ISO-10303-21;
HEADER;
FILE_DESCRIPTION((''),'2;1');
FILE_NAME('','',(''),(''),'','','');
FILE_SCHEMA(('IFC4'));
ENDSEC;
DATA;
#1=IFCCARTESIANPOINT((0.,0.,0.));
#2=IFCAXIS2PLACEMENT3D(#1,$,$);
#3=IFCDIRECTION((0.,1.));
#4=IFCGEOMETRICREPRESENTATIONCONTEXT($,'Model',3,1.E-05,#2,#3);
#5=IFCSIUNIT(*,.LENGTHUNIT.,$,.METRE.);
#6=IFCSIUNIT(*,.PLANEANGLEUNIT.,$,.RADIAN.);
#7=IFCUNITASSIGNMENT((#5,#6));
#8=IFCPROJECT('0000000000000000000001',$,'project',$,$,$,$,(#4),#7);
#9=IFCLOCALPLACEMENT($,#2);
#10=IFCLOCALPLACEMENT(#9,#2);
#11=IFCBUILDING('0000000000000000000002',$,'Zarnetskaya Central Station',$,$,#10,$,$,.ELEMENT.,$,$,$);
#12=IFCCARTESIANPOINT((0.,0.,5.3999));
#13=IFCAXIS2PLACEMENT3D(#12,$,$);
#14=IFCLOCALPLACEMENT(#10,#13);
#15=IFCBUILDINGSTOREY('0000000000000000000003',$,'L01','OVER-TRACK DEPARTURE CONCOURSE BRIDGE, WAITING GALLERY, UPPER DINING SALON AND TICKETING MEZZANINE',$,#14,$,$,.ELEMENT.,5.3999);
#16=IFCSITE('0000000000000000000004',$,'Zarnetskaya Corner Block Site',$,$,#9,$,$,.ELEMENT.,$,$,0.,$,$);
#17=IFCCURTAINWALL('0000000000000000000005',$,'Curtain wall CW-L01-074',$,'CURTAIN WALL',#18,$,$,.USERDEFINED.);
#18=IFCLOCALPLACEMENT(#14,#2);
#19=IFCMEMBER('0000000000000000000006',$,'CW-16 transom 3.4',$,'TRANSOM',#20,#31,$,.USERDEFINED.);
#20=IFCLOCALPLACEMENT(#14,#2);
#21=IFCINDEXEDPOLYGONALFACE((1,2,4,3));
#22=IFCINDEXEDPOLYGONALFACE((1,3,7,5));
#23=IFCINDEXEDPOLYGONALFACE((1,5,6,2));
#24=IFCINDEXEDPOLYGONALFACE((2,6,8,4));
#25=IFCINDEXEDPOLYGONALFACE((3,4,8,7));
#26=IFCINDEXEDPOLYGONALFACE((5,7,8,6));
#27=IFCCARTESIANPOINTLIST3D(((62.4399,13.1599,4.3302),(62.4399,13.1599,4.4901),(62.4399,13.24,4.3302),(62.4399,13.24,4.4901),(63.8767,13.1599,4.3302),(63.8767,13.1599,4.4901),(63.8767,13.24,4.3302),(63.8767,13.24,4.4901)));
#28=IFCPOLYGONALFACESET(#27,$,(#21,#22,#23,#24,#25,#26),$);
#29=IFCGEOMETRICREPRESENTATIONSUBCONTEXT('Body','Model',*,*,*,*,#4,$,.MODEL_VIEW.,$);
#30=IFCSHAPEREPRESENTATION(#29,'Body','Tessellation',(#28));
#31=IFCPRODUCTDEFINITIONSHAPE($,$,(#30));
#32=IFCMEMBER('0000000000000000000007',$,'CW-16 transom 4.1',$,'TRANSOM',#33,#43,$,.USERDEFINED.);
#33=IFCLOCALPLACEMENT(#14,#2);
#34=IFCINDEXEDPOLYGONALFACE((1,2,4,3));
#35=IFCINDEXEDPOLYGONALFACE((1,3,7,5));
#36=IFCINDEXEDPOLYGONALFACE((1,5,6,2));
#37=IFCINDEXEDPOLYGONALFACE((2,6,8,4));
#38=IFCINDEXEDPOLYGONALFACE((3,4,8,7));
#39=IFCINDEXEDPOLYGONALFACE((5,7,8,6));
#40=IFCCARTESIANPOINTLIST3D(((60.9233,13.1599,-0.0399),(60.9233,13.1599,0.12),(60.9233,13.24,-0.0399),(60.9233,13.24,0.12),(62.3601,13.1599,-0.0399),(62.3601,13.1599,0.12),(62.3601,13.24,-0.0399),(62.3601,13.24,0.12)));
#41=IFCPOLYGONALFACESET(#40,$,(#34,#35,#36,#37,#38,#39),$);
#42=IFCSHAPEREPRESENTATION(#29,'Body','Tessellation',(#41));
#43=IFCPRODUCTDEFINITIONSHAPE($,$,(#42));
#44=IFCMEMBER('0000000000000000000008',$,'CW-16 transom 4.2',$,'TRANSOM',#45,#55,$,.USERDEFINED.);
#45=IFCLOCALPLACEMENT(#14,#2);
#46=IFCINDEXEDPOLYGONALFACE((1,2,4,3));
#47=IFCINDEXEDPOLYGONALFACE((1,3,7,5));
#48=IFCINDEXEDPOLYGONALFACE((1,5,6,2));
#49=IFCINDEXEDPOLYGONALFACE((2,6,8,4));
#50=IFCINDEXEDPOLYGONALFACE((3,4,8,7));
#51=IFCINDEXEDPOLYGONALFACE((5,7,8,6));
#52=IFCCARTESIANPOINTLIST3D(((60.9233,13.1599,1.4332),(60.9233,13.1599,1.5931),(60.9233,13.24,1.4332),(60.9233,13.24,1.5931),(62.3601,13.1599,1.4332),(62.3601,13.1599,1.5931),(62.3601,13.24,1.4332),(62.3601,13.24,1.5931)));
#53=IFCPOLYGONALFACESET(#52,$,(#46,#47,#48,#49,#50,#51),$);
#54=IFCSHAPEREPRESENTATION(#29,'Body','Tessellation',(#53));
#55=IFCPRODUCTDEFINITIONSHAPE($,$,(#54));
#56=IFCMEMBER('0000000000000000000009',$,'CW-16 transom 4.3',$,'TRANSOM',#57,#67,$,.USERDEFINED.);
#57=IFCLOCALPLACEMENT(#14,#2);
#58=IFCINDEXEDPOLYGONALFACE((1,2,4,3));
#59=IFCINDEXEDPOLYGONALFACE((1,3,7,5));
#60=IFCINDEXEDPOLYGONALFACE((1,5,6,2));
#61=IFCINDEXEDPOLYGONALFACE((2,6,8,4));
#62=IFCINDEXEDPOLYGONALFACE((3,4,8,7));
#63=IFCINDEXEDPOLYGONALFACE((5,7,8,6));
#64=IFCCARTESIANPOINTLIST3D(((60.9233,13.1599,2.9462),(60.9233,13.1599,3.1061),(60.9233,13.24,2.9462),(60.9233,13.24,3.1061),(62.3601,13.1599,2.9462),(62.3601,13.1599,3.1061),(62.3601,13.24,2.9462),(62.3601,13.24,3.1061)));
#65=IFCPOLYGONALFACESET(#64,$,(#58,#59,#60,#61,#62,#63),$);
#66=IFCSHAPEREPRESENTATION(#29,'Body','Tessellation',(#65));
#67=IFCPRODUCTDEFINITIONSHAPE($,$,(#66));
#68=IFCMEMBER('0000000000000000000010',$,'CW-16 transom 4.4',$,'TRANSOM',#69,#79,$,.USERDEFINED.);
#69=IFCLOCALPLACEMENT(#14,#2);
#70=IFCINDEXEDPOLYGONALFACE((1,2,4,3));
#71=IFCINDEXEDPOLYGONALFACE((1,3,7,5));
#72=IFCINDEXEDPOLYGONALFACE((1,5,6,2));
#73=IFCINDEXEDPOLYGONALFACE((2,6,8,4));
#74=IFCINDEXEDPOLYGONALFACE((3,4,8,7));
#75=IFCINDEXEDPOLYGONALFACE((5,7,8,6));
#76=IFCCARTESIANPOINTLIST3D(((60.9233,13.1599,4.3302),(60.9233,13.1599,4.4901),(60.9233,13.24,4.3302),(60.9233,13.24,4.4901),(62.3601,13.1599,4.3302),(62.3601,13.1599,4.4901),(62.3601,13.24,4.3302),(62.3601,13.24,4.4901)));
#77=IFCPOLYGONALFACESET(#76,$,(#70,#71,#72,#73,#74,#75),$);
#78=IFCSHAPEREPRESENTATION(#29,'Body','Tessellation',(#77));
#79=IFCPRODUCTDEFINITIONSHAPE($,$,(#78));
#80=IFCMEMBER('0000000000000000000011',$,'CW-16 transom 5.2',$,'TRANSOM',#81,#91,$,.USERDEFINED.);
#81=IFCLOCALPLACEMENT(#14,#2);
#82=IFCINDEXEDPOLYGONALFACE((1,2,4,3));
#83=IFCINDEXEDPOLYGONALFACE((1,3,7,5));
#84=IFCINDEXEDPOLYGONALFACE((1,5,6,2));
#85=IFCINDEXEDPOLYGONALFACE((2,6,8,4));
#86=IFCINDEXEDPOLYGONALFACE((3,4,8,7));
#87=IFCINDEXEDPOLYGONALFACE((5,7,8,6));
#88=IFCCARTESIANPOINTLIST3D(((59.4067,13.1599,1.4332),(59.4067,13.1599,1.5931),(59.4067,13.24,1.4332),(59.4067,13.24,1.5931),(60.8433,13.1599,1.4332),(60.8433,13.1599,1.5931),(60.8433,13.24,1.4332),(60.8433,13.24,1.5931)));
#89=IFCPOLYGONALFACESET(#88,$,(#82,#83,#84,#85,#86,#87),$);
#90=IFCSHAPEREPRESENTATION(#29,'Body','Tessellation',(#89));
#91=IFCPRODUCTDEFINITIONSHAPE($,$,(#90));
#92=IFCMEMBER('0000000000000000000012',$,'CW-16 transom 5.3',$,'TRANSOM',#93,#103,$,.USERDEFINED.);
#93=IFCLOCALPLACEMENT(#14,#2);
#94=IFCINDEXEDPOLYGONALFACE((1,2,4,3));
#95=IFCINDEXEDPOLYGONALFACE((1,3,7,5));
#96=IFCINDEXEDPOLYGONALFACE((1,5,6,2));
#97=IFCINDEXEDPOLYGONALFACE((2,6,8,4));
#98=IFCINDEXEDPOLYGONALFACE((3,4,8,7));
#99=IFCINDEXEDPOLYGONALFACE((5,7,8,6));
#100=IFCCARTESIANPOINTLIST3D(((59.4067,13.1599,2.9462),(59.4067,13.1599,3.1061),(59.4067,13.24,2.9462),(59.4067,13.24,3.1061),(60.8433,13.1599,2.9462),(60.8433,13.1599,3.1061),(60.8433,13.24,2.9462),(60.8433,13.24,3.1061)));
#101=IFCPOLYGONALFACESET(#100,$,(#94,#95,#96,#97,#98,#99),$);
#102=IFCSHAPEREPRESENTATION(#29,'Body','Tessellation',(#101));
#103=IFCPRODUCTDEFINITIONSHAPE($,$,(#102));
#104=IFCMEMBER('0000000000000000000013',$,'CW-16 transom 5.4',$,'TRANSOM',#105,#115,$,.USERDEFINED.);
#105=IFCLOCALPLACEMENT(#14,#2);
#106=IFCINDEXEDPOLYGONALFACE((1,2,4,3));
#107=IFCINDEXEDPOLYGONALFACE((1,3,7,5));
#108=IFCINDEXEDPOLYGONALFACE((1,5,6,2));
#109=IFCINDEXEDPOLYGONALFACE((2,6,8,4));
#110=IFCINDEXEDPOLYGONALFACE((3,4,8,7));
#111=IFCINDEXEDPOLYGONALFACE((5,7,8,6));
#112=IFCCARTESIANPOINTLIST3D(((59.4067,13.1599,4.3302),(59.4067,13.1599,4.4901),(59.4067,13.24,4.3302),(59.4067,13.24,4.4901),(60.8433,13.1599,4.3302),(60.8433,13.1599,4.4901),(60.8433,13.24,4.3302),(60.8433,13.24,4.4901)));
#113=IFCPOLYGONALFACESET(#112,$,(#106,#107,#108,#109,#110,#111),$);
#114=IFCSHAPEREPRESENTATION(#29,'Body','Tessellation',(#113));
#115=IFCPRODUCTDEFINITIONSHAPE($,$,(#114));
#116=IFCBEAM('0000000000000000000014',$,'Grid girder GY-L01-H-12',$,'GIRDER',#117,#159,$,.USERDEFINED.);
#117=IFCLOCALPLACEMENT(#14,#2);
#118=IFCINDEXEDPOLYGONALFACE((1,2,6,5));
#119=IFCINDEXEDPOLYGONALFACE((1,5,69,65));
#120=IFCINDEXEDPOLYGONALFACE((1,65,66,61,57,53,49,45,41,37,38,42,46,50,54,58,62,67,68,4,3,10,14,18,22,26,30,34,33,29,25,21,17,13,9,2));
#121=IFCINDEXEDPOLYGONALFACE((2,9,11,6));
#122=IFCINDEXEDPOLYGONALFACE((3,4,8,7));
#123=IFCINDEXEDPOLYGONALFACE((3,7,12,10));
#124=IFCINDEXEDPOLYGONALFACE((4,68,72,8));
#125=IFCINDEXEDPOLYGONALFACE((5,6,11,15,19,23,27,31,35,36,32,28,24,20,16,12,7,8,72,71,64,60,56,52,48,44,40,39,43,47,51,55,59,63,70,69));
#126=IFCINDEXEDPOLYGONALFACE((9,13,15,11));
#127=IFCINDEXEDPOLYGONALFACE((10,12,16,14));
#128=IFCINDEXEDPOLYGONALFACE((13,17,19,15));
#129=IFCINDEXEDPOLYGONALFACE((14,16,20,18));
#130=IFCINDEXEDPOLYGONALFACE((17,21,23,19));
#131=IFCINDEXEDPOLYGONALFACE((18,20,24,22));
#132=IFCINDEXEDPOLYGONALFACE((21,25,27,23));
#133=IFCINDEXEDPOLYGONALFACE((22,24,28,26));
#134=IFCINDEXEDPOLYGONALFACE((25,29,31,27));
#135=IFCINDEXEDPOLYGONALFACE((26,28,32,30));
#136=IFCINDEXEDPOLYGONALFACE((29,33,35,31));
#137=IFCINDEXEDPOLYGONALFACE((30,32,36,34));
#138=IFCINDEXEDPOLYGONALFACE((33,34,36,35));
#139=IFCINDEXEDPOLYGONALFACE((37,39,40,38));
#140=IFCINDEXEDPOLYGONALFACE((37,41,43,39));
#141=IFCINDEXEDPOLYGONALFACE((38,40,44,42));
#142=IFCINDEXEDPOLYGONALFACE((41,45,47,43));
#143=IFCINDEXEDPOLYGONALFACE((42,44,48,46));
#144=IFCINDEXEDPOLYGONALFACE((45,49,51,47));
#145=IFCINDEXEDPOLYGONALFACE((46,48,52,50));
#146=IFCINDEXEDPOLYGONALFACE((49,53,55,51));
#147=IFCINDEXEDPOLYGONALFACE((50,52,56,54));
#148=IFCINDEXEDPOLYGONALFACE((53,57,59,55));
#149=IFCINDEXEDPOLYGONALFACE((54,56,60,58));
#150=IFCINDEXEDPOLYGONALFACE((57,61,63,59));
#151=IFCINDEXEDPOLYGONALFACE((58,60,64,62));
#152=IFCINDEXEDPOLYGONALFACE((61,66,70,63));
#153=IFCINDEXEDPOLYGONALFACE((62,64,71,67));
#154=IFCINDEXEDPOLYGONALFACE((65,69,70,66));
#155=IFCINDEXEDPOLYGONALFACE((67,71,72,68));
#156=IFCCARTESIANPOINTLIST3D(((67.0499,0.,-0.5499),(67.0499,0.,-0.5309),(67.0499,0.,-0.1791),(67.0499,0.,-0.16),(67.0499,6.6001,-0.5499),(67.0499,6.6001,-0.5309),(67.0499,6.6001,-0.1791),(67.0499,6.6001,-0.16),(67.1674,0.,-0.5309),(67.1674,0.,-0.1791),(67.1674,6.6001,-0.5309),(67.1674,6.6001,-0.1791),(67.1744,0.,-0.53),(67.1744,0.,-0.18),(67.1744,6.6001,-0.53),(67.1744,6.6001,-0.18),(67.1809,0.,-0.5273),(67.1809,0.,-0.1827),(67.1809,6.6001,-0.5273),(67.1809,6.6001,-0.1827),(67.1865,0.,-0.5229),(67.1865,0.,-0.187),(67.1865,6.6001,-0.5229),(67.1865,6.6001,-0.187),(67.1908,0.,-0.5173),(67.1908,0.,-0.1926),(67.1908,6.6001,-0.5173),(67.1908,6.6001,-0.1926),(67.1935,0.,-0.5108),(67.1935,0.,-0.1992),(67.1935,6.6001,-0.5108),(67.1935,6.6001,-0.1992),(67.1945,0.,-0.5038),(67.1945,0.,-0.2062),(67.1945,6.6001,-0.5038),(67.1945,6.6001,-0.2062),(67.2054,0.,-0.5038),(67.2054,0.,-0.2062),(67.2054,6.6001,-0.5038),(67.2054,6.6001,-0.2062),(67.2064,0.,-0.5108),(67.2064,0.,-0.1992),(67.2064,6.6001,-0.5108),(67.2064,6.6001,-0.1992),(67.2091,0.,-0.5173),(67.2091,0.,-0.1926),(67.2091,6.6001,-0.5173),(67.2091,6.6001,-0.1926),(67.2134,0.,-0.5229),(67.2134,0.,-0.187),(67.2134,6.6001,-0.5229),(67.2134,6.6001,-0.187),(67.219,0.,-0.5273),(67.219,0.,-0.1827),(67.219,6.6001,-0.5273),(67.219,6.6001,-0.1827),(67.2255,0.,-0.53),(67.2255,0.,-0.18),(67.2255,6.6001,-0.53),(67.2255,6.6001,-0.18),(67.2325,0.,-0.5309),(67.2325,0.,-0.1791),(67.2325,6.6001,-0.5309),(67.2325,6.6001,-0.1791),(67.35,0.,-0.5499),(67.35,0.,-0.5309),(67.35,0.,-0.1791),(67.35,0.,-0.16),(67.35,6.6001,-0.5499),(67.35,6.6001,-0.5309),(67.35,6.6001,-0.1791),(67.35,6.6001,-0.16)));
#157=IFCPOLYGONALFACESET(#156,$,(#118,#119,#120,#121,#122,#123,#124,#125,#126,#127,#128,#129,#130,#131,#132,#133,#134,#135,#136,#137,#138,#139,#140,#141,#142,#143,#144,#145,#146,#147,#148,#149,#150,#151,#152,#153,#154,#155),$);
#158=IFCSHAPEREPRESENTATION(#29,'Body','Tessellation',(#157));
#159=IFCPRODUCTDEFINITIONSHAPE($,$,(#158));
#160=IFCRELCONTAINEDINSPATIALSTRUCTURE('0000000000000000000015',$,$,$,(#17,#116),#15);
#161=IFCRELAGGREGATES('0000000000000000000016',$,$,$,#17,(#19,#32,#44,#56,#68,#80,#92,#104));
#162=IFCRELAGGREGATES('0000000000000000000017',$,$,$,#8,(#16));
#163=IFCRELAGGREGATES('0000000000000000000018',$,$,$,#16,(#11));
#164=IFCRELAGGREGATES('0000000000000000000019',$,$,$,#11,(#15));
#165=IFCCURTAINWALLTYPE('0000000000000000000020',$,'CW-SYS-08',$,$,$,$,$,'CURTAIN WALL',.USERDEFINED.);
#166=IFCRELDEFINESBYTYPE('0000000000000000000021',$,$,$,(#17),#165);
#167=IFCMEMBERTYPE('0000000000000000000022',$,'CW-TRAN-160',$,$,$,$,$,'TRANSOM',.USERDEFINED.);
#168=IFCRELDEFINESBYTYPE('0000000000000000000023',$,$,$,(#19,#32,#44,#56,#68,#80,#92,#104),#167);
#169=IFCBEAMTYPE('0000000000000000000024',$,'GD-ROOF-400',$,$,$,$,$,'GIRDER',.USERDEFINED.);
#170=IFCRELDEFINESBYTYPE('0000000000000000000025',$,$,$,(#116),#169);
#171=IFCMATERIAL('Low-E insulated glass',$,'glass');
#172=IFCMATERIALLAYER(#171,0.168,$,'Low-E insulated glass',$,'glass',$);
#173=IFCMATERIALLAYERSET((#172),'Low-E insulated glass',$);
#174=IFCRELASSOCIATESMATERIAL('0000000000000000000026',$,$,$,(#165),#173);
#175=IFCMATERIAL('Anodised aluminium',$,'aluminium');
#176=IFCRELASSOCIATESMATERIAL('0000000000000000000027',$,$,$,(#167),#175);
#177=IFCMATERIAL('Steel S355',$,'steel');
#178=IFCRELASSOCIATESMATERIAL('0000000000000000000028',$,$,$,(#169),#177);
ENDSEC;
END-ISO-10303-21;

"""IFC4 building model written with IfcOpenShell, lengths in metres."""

from ifc_helpers import new_model, si_unit, direction, frame, origin, origin_2d, place, context, subcontext, project, spatial, rectangle, i_section, extrude, material, layer, layer_set, material_profile, profile_set, type_object, element, aggregate, save


model = new_model("IFC4")

# Units and contexts
model_context = context("Model", 3, precision=1e-05, world=origin(), true_north=direction((0.0, 1.0)))
body_context = subcontext(model_context, "Body", "Model", "MODEL_VIEW")
ifc_project = project(units=[si_unit("LENGTHUNIT", "METRE"), si_unit("PLANEANGLEUNIT", "RADIAN")], contexts=[model_context])

# Site, building, storey
site_placement = place(None, origin())
site = spatial("IfcSite", under=ifc_project, at=site_placement, Name="Zarnetskaya Corner Block Site", CompositionType="ELEMENT", RefElevation=0.0)
building_placement = place(site_placement, origin())
building = spatial("IfcBuilding", under=site, at=building_placement, Name="Zarnetskaya Central Station", CompositionType="ELEMENT")
storey_placement = place(building_placement, frame((0.0, 0.0, 5.3999)))
storey = spatial("IfcBuildingStorey", under=building, at=storey_placement, Name="L01", Description="OVER-TRACK DEPARTURE CONCOURSE BRIDGE, WAITING GALLERY, UPPER DINING SALON AND TICKETING MEZZANINE", CompositionType="ELEMENT", Elevation=5.3999)

# Shared definitions
ifc_material_1 = material(Name="Steel S355", Category="steel")

# Curtain wall, members
ifc_material_2 = material(Name="Low-E insulated glass", Category="glass")
ifc_layer_1 = layer(ifc_material_2, 0.168, Name="Low-E insulated glass", Category="glass")
ifc_layer_set_1 = layer_set([ifc_layer_1], Name="Low-E insulated glass")
curtain_wall_type = type_object("IfcCurtainWallType", Name="CW-SYS-08", ElementType="CURTAIN WALL", PredefinedType="USERDEFINED", material=ifc_layer_set_1)
curtain_wall_placement = place(storey_placement, origin())
curtain_wall = element("IfcCurtainWall", 1, at=curtain_wall_placement, inside=storey, type_object=curtain_wall_type, Name="Curtain wall CW-L01-074", ObjectType="CURTAIN WALL", PredefinedType="USERDEFINED")
ifc_material_3 = material(Name="Anodised aluminium", Category="aluminium")
ifc_material_profile_1 = material_profile(ifc_material_3, rectangle(XDim=0.0801, YDim=0.1599, at=origin_2d()), Name="ALU TRAN 80x160")
ifc_profile_set_1 = profile_set([ifc_material_profile_1], Name="Anodised aluminium")
member_type_1 = type_object("IfcMemberType", Name="CW-TRAN-160", ElementType="TRANSOM", PredefinedType="USERDEFINED", material=ifc_profile_set_1)
member_1_placement = place(storey_placement, frame((63.8767, 13.2, 4.4102), z_axis=(-1.0, 0.0, 0.0), x_axis=(0.0, -1.0, 0.0)))
member_1 = element("IfcMember", 2, at=member_1_placement, type_object=member_type_1, Name="CW-16 transom 3.4", ObjectType="TRANSOM", PredefinedType="USERDEFINED", context=body_context, shape_type="SweptSolid", body=[
    extrude(rectangle(XDim=0.0801, YDim=0.1599, at=origin_2d()), origin(), (0.0, 0.0, 1.0), 1.4368),
])
member_2_placement = place(storey_placement, frame((62.3601, 13.2, 0.04), z_axis=(-1.0, 0.0, 0.0), x_axis=(0.0, -1.0, 0.0)))
member_2 = element("IfcMember", 3, at=member_2_placement, type_object=member_type_1, Name="CW-16 transom 4.1", ObjectType="TRANSOM", PredefinedType="USERDEFINED", context=body_context, shape_type="SweptSolid", body=[
    extrude(rectangle(XDim=0.0801, YDim=0.1599, at=origin_2d()), origin(), (0.0, 0.0, 1.0), 1.4368),
])
member_3_placement = place(storey_placement, frame((62.3601, 13.2, 1.5132), z_axis=(-1.0, 0.0, 0.0), x_axis=(0.0, -1.0, 0.0)))
member_3 = element("IfcMember", 4, at=member_3_placement, type_object=member_type_1, Name="CW-16 transom 4.2", ObjectType="TRANSOM", PredefinedType="USERDEFINED", context=body_context, shape_type="SweptSolid", body=[
    extrude(rectangle(XDim=0.0801, YDim=0.1599, at=origin_2d()), origin(), (0.0, 0.0, 1.0), 1.4368),
])
member_4_placement = place(storey_placement, frame((62.3601, 13.2, 3.0261), z_axis=(-1.0, 0.0, 0.0), x_axis=(0.0, -1.0, 0.0)))
member_4 = element("IfcMember", 5, at=member_4_placement, type_object=member_type_1, Name="CW-16 transom 4.3", ObjectType="TRANSOM", PredefinedType="USERDEFINED", context=body_context, shape_type="SweptSolid", body=[
    extrude(rectangle(XDim=0.0801, YDim=0.1599, at=origin_2d()), origin(), (0.0, 0.0, 1.0), 1.4368),
])
member_5_placement = place(storey_placement, frame((62.3601, 13.2, 4.4102), z_axis=(-1.0, 0.0, 0.0), x_axis=(0.0, -1.0, 0.0)))
member_5 = element("IfcMember", 6, at=member_5_placement, type_object=member_type_1, Name="CW-16 transom 4.4", ObjectType="TRANSOM", PredefinedType="USERDEFINED", context=body_context, shape_type="SweptSolid", body=[
    extrude(rectangle(XDim=0.0801, YDim=0.1599, at=origin_2d()), origin(), (0.0, 0.0, 1.0), 1.4368),
])
member_6_placement = place(storey_placement, frame((60.8433, 13.2, 1.5132), z_axis=(-1.0, 0.0, 0.0), x_axis=(0.0, -1.0, 0.0)))
member_6 = element("IfcMember", 7, at=member_6_placement, type_object=member_type_1, Name="CW-16 transom 5.2", ObjectType="TRANSOM", PredefinedType="USERDEFINED", context=body_context, shape_type="SweptSolid", body=[
    extrude(rectangle(XDim=0.0801, YDim=0.1599, at=origin_2d()), origin(), (0.0, 0.0, 1.0), 1.4365),
])
member_7_placement = place(storey_placement, frame((60.8433, 13.2, 3.0261), z_axis=(-1.0, 0.0, 0.0), x_axis=(0.0, -1.0, 0.0)))
member_7 = element("IfcMember", 8, at=member_7_placement, type_object=member_type_1, Name="CW-16 transom 5.3", ObjectType="TRANSOM", PredefinedType="USERDEFINED", context=body_context, shape_type="SweptSolid", body=[
    extrude(rectangle(XDim=0.0801, YDim=0.1599, at=origin_2d()), origin(), (0.0, 0.0, 1.0), 1.4365),
])
member_8_placement = place(storey_placement, frame((60.8433, 13.2, 4.4102), z_axis=(-1.0, 0.0, 0.0), x_axis=(0.0, -1.0, 0.0)))
member_8 = element("IfcMember", 9, at=member_8_placement, type_object=member_type_1, Name="CW-16 transom 5.4", ObjectType="TRANSOM", PredefinedType="USERDEFINED", context=body_context, shape_type="SweptSolid", body=[
    extrude(rectangle(XDim=0.0801, YDim=0.1599, at=origin_2d()), origin(), (0.0, 0.0, 1.0), 1.4365),
])

# Beam
ifc_material_profile_2 = material_profile(ifc_material_1, i_section(OverallWidth=0.3, OverallDepth=0.3899, WebThickness=0.011, FlangeThickness=0.019, FilletRadius=0.0271, at=origin_2d()), Name="HEA 400")
ifc_profile_set_2 = profile_set([ifc_material_profile_2], Name="Steel S355")
beam_type_1 = type_object("IfcBeamType", Name="GD-ROOF-400", ElementType="GIRDER", PredefinedType="USERDEFINED", material=ifc_profile_set_2)
beam_1_placement = place(storey_placement, frame((67.2, 0.0, -0.355), z_axis=(0.0, 1.0, 0.0), x_axis=(-1.0, 0.0, 0.0)))
element("IfcBeam", 10, at=beam_1_placement, inside=storey, type_object=beam_type_1, Name="Grid girder GY-L01-H-12", ObjectType="GIRDER", PredefinedType="USERDEFINED", context=body_context, shape_type="SweptSolid", body=[
    extrude(i_section(OverallWidth=0.3, OverallDepth=0.3899, WebThickness=0.011, FlangeThickness=0.019, FilletRadius=0.0271, at=origin_2d()), origin(), (0.0, 0.0, 1.0), 6.6001),
])

aggregate(curtain_wall, [member_1, member_2, member_3, member_4, member_5, member_6, member_7, member_8])

save(model, "model.ifc")
